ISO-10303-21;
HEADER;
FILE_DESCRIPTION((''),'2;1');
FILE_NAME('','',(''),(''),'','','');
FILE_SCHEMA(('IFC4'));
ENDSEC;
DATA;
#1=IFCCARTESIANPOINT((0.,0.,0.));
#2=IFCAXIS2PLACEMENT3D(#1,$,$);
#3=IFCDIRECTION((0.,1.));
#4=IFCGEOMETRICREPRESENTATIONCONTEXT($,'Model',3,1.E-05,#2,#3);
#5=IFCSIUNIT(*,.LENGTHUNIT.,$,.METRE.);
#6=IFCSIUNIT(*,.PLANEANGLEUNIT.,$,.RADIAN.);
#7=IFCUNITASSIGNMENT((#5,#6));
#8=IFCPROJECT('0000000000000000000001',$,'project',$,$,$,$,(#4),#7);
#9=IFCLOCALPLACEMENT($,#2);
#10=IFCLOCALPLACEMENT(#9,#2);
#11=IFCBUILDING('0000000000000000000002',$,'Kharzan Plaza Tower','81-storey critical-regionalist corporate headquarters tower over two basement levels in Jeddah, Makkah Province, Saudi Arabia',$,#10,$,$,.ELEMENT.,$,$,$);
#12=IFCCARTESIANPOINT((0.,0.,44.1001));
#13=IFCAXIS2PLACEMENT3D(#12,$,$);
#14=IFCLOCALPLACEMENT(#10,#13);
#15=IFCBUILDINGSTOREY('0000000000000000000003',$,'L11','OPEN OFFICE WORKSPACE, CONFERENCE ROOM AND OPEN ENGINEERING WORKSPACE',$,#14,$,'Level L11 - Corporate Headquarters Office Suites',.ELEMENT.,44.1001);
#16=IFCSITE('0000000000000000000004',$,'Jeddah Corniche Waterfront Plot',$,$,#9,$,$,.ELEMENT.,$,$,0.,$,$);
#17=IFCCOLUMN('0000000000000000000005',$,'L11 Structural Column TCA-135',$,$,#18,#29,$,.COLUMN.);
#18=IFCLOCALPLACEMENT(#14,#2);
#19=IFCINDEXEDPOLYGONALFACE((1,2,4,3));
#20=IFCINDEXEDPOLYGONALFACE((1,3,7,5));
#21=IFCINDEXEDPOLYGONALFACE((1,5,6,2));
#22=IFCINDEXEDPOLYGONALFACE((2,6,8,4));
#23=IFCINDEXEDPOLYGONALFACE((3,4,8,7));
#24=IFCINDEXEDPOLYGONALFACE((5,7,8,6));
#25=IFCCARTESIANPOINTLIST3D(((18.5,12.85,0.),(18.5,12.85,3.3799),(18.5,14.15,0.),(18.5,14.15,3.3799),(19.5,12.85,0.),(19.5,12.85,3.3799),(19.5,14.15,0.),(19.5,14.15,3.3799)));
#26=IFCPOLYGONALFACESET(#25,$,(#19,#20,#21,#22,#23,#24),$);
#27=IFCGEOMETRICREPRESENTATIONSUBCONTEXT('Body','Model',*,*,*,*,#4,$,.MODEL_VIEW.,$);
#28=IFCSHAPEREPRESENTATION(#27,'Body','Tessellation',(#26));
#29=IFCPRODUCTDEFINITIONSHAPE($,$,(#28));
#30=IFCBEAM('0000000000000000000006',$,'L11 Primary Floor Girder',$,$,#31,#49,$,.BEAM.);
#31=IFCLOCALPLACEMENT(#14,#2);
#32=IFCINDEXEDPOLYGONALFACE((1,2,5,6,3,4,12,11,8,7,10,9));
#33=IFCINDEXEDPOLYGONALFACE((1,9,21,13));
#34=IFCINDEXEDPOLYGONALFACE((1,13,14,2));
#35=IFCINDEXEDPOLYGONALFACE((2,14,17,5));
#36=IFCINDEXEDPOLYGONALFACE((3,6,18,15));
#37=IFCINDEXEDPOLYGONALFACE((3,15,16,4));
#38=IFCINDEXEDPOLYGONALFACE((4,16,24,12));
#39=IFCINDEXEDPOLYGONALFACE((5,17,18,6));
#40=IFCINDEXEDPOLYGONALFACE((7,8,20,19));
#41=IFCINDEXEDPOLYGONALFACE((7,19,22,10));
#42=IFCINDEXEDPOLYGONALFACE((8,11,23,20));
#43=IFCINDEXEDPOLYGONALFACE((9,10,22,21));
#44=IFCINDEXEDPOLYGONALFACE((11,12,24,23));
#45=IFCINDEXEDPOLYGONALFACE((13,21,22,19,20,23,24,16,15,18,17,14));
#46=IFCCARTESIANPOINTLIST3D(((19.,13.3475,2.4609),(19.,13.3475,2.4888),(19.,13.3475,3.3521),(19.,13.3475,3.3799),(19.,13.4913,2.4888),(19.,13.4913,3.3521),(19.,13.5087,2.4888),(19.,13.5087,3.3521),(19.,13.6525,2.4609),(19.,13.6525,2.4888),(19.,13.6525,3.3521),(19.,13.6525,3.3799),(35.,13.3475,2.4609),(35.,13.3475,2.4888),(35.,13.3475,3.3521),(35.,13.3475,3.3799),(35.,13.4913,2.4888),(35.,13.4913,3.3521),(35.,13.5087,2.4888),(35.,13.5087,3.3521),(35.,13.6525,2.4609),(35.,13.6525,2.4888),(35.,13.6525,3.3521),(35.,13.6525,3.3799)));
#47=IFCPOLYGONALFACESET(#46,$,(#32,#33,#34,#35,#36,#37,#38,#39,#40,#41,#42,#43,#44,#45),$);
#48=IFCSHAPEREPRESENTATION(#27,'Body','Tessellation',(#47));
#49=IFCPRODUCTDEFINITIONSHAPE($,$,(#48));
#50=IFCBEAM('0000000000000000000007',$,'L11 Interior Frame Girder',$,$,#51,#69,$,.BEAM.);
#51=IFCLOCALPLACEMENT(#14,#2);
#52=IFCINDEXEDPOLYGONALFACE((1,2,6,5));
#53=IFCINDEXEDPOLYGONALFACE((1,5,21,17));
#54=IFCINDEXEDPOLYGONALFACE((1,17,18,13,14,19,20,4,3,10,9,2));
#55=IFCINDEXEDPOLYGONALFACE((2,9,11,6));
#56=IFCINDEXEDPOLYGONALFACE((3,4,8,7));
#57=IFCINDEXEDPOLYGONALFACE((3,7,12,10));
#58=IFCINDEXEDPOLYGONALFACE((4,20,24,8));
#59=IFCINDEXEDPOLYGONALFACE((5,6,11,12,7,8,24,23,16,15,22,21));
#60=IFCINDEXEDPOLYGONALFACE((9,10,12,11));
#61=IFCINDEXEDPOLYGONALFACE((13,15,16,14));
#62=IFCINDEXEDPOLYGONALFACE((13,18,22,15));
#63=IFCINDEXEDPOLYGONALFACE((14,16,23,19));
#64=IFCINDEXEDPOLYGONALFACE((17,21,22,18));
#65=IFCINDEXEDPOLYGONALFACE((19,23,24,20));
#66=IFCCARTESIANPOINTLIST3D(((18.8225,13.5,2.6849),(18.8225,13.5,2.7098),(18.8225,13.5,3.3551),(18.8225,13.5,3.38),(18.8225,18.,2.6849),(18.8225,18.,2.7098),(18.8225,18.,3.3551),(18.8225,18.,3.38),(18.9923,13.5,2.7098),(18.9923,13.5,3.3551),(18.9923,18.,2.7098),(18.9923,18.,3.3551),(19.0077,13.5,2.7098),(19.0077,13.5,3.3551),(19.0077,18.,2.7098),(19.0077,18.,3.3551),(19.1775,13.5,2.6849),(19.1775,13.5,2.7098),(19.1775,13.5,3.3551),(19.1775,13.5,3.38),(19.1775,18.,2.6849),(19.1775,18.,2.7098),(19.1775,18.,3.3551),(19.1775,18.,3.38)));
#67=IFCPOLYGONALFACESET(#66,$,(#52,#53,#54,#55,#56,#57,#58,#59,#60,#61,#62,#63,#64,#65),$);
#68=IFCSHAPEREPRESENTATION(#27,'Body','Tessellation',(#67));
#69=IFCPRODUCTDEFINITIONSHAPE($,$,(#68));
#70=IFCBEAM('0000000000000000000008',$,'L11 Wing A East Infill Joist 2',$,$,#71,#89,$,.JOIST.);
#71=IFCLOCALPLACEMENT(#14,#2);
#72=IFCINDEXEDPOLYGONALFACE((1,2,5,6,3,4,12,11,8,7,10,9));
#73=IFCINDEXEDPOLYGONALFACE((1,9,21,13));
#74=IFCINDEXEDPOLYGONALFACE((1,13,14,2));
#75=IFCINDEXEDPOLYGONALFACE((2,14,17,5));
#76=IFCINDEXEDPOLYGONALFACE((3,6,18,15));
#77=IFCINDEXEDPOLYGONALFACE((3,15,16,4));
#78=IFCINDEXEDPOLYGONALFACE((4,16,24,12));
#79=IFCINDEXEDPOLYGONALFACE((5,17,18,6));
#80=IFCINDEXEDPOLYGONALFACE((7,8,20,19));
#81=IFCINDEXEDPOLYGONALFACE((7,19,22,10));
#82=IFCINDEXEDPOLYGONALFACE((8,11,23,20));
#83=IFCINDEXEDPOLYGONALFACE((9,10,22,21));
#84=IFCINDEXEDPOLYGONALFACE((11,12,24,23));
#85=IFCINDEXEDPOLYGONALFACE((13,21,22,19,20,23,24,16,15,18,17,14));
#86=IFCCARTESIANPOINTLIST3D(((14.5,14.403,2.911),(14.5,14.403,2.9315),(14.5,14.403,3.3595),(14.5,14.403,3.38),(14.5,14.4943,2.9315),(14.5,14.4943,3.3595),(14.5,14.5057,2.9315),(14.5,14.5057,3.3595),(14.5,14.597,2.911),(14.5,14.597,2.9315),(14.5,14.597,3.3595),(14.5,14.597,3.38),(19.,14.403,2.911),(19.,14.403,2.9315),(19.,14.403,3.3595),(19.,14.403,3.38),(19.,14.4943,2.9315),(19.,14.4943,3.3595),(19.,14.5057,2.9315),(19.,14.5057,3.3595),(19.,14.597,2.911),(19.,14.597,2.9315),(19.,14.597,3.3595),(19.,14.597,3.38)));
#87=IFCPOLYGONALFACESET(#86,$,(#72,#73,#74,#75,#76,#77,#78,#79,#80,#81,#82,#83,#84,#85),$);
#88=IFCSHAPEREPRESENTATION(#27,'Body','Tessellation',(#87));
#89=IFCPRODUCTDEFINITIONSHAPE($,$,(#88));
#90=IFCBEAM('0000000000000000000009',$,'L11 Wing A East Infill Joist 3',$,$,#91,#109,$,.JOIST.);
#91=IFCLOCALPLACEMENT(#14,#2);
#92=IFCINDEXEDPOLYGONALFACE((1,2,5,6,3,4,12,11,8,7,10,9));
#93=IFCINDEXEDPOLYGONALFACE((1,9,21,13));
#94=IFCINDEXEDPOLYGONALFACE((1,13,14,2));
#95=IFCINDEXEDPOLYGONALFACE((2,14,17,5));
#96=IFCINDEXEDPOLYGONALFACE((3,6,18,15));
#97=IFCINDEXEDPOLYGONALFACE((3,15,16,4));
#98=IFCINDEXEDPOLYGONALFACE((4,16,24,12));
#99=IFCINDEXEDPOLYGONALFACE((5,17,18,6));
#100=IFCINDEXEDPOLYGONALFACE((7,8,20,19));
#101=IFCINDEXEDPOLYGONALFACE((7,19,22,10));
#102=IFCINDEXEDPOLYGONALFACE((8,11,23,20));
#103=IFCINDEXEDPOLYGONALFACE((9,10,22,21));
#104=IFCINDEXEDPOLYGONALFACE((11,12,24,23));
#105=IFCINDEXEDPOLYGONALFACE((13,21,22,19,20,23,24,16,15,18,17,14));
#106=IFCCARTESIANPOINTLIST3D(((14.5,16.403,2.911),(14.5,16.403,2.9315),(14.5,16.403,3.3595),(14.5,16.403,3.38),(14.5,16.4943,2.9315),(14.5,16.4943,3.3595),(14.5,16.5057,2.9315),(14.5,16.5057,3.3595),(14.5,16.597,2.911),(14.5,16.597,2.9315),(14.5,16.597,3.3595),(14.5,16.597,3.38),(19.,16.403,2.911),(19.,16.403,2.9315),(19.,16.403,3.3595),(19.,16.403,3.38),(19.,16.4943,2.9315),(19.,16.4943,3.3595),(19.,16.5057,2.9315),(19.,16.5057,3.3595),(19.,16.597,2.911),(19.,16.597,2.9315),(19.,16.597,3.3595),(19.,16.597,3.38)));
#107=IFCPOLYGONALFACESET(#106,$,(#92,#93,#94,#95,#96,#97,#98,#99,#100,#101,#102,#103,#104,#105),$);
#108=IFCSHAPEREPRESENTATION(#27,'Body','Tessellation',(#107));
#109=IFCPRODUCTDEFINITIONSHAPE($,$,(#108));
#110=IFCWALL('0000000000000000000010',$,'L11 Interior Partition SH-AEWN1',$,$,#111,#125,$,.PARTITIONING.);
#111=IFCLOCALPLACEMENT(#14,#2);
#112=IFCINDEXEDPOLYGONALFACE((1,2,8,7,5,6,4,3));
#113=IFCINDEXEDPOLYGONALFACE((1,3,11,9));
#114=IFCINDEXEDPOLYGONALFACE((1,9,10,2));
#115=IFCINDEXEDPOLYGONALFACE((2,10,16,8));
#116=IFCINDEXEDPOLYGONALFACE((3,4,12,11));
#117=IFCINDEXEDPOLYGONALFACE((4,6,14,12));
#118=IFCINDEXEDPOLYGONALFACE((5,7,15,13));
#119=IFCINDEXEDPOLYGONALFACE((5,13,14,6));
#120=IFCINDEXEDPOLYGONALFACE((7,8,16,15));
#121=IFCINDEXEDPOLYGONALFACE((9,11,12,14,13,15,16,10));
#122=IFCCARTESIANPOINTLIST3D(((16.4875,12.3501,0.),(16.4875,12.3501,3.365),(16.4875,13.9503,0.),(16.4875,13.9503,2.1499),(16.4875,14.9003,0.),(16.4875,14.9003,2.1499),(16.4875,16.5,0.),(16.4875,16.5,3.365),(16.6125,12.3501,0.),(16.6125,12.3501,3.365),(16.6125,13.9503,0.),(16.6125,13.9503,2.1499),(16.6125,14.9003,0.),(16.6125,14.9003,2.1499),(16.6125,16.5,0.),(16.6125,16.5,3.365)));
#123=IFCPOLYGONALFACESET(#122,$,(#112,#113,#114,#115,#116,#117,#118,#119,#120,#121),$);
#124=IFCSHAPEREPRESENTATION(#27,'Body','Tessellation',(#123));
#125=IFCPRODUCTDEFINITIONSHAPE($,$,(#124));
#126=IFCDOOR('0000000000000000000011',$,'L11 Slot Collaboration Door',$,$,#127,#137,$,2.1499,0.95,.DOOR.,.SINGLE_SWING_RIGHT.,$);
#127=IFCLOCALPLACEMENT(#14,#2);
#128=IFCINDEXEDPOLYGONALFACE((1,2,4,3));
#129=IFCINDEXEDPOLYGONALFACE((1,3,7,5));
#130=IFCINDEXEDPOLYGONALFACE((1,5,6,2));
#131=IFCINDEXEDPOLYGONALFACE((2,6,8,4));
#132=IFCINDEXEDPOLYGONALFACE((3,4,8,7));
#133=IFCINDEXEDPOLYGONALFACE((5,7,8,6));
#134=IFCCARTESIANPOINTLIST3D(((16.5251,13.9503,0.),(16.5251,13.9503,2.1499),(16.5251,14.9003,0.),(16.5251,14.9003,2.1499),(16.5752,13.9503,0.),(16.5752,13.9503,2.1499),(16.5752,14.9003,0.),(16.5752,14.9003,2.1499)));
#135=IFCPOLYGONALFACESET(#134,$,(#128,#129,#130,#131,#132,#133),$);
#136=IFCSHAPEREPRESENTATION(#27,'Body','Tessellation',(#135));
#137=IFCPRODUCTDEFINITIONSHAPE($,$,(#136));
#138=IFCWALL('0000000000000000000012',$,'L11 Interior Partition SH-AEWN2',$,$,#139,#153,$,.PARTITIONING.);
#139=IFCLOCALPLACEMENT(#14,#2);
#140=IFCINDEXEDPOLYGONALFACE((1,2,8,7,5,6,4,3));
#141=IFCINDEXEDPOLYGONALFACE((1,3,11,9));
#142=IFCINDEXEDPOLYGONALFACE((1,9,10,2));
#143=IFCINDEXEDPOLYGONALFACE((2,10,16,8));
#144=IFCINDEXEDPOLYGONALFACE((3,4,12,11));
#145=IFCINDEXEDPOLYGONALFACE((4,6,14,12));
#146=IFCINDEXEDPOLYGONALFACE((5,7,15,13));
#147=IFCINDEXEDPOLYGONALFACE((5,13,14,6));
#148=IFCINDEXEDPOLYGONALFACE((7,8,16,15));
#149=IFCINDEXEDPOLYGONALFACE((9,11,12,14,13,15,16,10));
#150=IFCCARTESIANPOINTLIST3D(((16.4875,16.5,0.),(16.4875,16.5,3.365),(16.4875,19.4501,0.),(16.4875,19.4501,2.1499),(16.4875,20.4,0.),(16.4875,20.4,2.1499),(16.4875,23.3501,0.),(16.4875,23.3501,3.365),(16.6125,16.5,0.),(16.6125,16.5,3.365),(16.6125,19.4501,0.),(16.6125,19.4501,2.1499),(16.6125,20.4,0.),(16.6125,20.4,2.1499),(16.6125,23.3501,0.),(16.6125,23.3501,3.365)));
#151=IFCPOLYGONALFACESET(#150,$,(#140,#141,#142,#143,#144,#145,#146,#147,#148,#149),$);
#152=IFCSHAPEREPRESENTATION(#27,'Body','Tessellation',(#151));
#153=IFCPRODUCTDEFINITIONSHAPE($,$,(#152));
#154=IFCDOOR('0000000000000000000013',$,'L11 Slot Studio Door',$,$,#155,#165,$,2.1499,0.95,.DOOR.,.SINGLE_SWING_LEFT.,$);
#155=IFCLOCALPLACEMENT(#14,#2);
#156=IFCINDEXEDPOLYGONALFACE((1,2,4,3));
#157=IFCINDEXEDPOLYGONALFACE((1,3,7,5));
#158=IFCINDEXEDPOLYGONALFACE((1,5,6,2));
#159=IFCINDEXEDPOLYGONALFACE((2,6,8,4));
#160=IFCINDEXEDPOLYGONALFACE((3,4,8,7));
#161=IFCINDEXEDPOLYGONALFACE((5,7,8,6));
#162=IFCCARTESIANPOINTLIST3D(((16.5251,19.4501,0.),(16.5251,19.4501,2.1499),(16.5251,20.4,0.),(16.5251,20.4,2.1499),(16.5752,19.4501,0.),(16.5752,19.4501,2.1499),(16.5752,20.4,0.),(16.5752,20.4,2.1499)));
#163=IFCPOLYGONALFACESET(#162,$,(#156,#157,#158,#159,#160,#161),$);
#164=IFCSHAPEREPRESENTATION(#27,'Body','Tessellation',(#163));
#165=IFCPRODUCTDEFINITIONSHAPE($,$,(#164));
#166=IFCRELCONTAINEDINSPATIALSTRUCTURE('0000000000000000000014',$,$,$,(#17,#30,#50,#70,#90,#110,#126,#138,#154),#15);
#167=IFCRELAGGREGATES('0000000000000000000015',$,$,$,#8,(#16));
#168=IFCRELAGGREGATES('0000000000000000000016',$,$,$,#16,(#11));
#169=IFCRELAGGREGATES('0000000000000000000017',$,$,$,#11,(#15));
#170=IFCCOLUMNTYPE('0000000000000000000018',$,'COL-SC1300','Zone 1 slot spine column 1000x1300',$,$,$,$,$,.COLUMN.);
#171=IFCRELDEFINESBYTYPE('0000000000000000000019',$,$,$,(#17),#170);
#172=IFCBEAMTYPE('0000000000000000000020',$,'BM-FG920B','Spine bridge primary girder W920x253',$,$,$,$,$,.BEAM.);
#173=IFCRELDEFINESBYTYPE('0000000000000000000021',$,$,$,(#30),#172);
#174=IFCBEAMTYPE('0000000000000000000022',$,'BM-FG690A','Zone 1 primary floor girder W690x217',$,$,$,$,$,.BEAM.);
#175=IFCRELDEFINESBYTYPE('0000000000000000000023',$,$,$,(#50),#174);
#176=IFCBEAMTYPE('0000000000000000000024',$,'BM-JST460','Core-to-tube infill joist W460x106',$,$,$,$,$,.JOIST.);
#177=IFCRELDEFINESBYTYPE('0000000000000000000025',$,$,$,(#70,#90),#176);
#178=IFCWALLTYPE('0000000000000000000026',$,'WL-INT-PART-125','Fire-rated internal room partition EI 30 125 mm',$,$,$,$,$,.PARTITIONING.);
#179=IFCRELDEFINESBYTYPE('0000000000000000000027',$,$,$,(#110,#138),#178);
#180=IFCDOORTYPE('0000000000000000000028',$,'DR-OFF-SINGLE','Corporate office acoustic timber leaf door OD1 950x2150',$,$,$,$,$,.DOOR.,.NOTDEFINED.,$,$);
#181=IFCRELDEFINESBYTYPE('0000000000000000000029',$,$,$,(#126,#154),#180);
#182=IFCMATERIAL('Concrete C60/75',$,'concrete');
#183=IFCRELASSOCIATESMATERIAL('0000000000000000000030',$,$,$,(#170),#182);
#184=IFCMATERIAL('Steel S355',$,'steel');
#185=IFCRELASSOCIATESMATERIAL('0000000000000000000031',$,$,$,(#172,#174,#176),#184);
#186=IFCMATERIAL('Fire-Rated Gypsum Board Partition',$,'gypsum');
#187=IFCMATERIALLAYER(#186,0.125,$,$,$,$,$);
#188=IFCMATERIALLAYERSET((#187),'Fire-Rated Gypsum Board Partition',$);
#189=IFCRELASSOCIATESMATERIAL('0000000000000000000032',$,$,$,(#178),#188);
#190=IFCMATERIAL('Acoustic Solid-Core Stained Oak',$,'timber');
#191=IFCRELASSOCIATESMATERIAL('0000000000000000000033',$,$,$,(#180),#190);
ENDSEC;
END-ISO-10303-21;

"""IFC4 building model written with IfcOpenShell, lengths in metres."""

from ifc_helpers import new_model, si_unit, direction, frame, frame_2d, origin, origin_2d, place, context, subcontext, project, spatial, rectangle, i_section, extrude, source, transform, mapped, material, layer, layer_set, material_profile, profile_set, type_object, element, fill, save


model = new_model("IFC4")

# Units and contexts
model_context = context("Model", 3, precision=1e-05, world=origin(), true_north=direction((0.0, 1.0)))
body_context = subcontext(model_context, "Body", "Model", "MODEL_VIEW")
ifc_project = project(units=[si_unit("LENGTHUNIT", "METRE"), si_unit("PLANEANGLEUNIT", "RADIAN")], contexts=[model_context])

# Site, building, storey
site_placement = place(None, origin())
site = spatial("IfcSite", under=ifc_project, at=site_placement, Name="Jeddah Corniche Waterfront Plot", CompositionType="ELEMENT", RefElevation=0.0)
building_placement = place(site_placement, origin())
building = spatial("IfcBuilding", under=site, at=building_placement, Name="Kharzan Plaza Tower", Description="81-storey critical-regionalist corporate headquarters tower over two basement levels in Jeddah, Makkah Province, Saudi Arabia", CompositionType="ELEMENT")
storey_placement = place(building_placement, frame((0.0, 0.0, 44.1001)))
storey = spatial("IfcBuildingStorey", under=building, at=storey_placement, Name="L11", Description="OPEN OFFICE WORKSPACE, CONFERENCE ROOM AND OPEN ENGINEERING WORKSPACE", LongName="Level L11 - Corporate Headquarters Office Suites", CompositionType="ELEMENT", Elevation=44.1001)

# Column
ifc_material_1 = material(Name="Concrete C60/75", Category="concrete")
ifc_material_profile_1 = material_profile(ifc_material_1, rectangle(XDim=1.0, YDim=1.3, at=origin_2d()), Name="RC-SC1300x1000")
ifc_profile_set_1 = profile_set([ifc_material_profile_1], Name="Concrete C60/75")
column_type = type_object("IfcColumnType", Name="COL-SC1300", Description="Zone 1 slot spine column 1000x1300", PredefinedType="COLUMN", material=ifc_profile_set_1)
shared_shape_1 = source(origin(), body_context, "Body", "SweptSolid", [
    extrude(rectangle(XDim=1.0, YDim=1.3, at=origin_2d()), origin(), (0.0, 0.0, 1.0), 3.3799),
])
column_placement = place(storey_placement, frame((19.0, 13.5, 0.0), z_axis=(0.0, 0.0, 1.0), x_axis=(1.0, 0.0, 0.0)))
element("IfcColumn", 1, at=column_placement, inside=storey, type_object=column_type, Name="L11 Structural Column TCA-135", PredefinedType="COLUMN", context=body_context, shape_type="MappedRepresentation", body=[
    mapped(shared_shape_1, transform((0.0, 0.0, 0.0), x_axis=(1.0, 0.0, 0.0), y_axis=(0.0, 1.0, 0.0), z_axis=(0.0, 0.0, 1.0))),
])

# Beams
ifc_material_2 = material(Name="Steel S355", Category="steel")
ifc_material_profile_2 = material_profile(ifc_material_2, i_section(OverallWidth=0.3049, OverallDepth=0.9189, WebThickness=0.0173, FlangeThickness=0.0278, at=origin_2d()), Name="W920x253")
ifc_profile_set_2 = profile_set([ifc_material_profile_2], Name="Steel S355")
beam_type_1 = type_object("IfcBeamType", Name="BM-FG920B", Description="Spine bridge primary girder W920x253", PredefinedType="BEAM", material=ifc_profile_set_2)
shared_shape_2 = source(origin(), body_context, "Body", "SweptSolid", [
    extrude(i_section(OverallWidth=0.3049, OverallDepth=0.9189, WebThickness=0.0173, FlangeThickness=0.0278, at=origin_2d()), origin(), (0.0, 0.0, 1.0), 16.0),
])
beam_1_placement = place(storey_placement, frame((19.0, 13.5, 2.9204), z_axis=(1.0, 0.0, 0.0), x_axis=(0.0, 1.0, 0.0)))
element("IfcBeam", 2, at=beam_1_placement, inside=storey, type_object=beam_type_1, Name="L11 Primary Floor Girder", PredefinedType="BEAM", context=body_context, shape_type="MappedRepresentation", body=[
    mapped(shared_shape_2, transform((0.0, 0.0, 0.0), x_axis=(1.0, 0.0, 0.0), y_axis=(0.0, 1.0, 0.0), z_axis=(0.0, 0.0, 1.0))),
])
ifc_material_profile_3 = material_profile(ifc_material_2, i_section(OverallWidth=0.355, OverallDepth=0.6951, WebThickness=0.0154, FlangeThickness=0.0249, at=origin_2d()), Name="W690x217")
ifc_profile_set_3 = profile_set([ifc_material_profile_3], Name="Steel S355")
beam_type_2 = type_object("IfcBeamType", Name="BM-FG690A", Description="Zone 1 primary floor girder W690x217", PredefinedType="BEAM", material=ifc_profile_set_3)
shared_shape_3 = source(origin(), body_context, "Body", "SweptSolid", [
    extrude(i_section(OverallWidth=0.355, OverallDepth=0.6951, WebThickness=0.0154, FlangeThickness=0.0249, at=origin_2d()), origin(), (0.0, 0.0, 1.0), 4.5),
])
beam_2_placement = place(storey_placement, frame((19.0, 13.5, 3.0325), z_axis=(0.0, 1.0, 0.0), x_axis=(-1.0, 0.0, 0.0)))
element("IfcBeam", 3, at=beam_2_placement, inside=storey, type_object=beam_type_2, Name="L11 Interior Frame Girder", PredefinedType="BEAM", context=body_context, shape_type="MappedRepresentation", body=[
    mapped(shared_shape_3, transform((0.0, 0.0, 0.0), x_axis=(1.0, 0.0, 0.0), y_axis=(0.0, 1.0, 0.0), z_axis=(0.0, 0.0, 1.0))),
])
ifc_material_profile_4 = material_profile(ifc_material_2, i_section(OverallWidth=0.1941, OverallDepth=0.469, WebThickness=0.0115, FlangeThickness=0.0205, at=origin_2d()), Name="W460x106")
ifc_profile_set_4 = profile_set([ifc_material_profile_4], Name="Steel S355")
beam_type_3 = type_object("IfcBeamType", Name="BM-JST460", Description="Core-to-tube infill joist W460x106", PredefinedType="JOIST", material=ifc_profile_set_4)
shared_shape_4 = source(origin(), body_context, "Body", "SweptSolid", [
    extrude(i_section(OverallWidth=0.1941, OverallDepth=0.469, WebThickness=0.0115, FlangeThickness=0.0205, at=origin_2d()), origin(), (0.0, 0.0, 1.0), 4.5),
])
for number, where, z_axis, x_axis, name in (
    (4, (14.5, 14.5, 3.1455), (1.0, 0.0, 0.0), (0.0, 1.0, 0.0), "L11 Wing A East Infill Joist 2"),
    (5, (14.5, 16.5, 3.1455), (1.0, 0.0, 0.0), (0.0, 1.0, 0.0), "L11 Wing A East Infill Joist 3"),
):
    element("IfcBeam", number, at=place(storey_placement, frame(where, z_axis=z_axis, x_axis=x_axis)), inside=storey, type_object=beam_type_3, Name=name, PredefinedType="JOIST", context=body_context, shape_type="MappedRepresentation", body=[
        mapped(shared_shape_4, transform((0.0, 0.0, 0.0), x_axis=(1.0, 0.0, 0.0), y_axis=(0.0, 1.0, 0.0), z_axis=(0.0, 0.0, 1.0))),
    ])

# Walls, openings, doors
ifc_material_3 = material(Name="Fire-Rated Gypsum Board Partition", Category="gypsum")
ifc_layer_1 = layer(ifc_material_3, 0.125)
ifc_layer_set_1 = layer_set([ifc_layer_1], Name="Fire-Rated Gypsum Board Partition")
wall_type_1 = type_object("IfcWallType", Name="WL-INT-PART-125", Description="Fire-rated internal room partition EI 30 125 mm", PredefinedType="PARTITIONING", material=ifc_layer_set_1)
wall_1_placement = place(storey_placement, frame((16.55, 12.3501, 0.0), z_axis=(0.0, 0.0, 1.0), x_axis=(0.0, 1.0, 0.0)))
wall_1 = element("IfcWall", 6, at=wall_1_placement, inside=storey, type_object=wall_type_1, Name="L11 Interior Partition SH-AEWN1", PredefinedType="PARTITIONING", context=body_context, shape_type="SweptSolid", body=[
    extrude(rectangle(XDim=4.1499, YDim=0.125, at=frame_2d((2.075, 0.0))), origin(), (0.0, 0.0, 1.0), 3.365),
])
opening_1_placement = place(wall_1_placement, frame((1.6001, 0.0, 0.0)))
opening_1 = element("IfcOpeningElement", 7, at=opening_1_placement, cuts=wall_1, PredefinedType="OPENING", context=body_context, shape_type="SweptSolid", body=[
    extrude(rectangle(XDim=0.95, YDim=2.1499, at=frame_2d((0.4751, 1.075))), frame((0.0, 0.0725, 0.0), z_axis=(0.0, -1.0, 0.0), x_axis=(1.0, 0.0, 0.0)), (0.0, 0.0, 1.0), 0.145),
])
ifc_material_4 = material(Name="Acoustic Solid-Core Stained Oak", Category="timber")
door_type_1 = type_object("IfcDoorType", Name="DR-OFF-SINGLE", Description="Corporate office acoustic timber leaf door OD1 950x2150", OperationType="NOTDEFINED", PredefinedType="DOOR", material=ifc_material_4)
shared_shape_5 = source(origin(), body_context, "Body", "SweptSolid", [
    extrude(rectangle(XDim=0.95, YDim=2.1499, at=frame_2d((0.4751, 1.075))), frame((0.0, 0.0249, 0.0), z_axis=(0.0, -1.0, 0.0), x_axis=(1.0, 0.0, 0.0)), (0.0, 0.0, 1.0), 0.05),
])
door_1_placement = place(opening_1_placement, origin())
door_1 = element("IfcDoor", 8, at=door_1_placement, inside=storey, type_object=door_type_1, Name="L11 Slot Collaboration Door", OperationType="SINGLE_SWING_RIGHT", OverallHeight=2.1499, OverallWidth=0.95, PredefinedType="DOOR", context=body_context, shape_type="MappedRepresentation", body=[
    mapped(shared_shape_5, transform((0.0, 0.0, 0.0), x_axis=(1.0, 0.0, 0.0), y_axis=(0.0, 1.0, 0.0), z_axis=(0.0, 0.0, 1.0))),
])
fill(opening_1, door_1)
wall_2_placement = place(storey_placement, frame((16.55, 16.5, 0.0), z_axis=(0.0, 0.0, 1.0), x_axis=(0.0, 1.0, 0.0)))
wall_2 = element("IfcWall", 9, at=wall_2_placement, inside=storey, type_object=wall_type_1, Name="L11 Interior Partition SH-AEWN2", PredefinedType="PARTITIONING", context=body_context, shape_type="SweptSolid", body=[
    extrude(rectangle(XDim=6.8501, YDim=0.125, at=frame_2d((3.425, 0.0))), origin(), (0.0, 0.0, 1.0), 3.365),
])
opening_2_placement = place(wall_2_placement, frame((2.95, 0.0, 0.0)))
opening_2 = element("IfcOpeningElement", 10, at=opening_2_placement, cuts=wall_2, PredefinedType="OPENING", context=body_context, shape_type="SweptSolid", body=[
    extrude(rectangle(XDim=0.95, YDim=2.1499, at=frame_2d((0.4751, 1.075))), frame((0.0, 0.0725, 0.0), z_axis=(0.0, -1.0, 0.0), x_axis=(1.0, 0.0, 0.0)), (0.0, 0.0, 1.0), 0.145),
])
door_2_placement = place(opening_2_placement, origin())
door_2 = element("IfcDoor", 11, at=door_2_placement, inside=storey, type_object=door_type_1, Name="L11 Slot Studio Door", OperationType="SINGLE_SWING_LEFT", OverallHeight=2.1499, OverallWidth=0.95, PredefinedType="DOOR", context=body_context, shape_type="MappedRepresentation", body=[
    mapped(shared_shape_5, transform((0.0, 0.0, 0.0), x_axis=(1.0, 0.0, 0.0), y_axis=(0.0, 1.0, 0.0), z_axis=(0.0, 0.0, 1.0))),
])
fill(opening_2, door_2)

save(model, "model.ifc")
